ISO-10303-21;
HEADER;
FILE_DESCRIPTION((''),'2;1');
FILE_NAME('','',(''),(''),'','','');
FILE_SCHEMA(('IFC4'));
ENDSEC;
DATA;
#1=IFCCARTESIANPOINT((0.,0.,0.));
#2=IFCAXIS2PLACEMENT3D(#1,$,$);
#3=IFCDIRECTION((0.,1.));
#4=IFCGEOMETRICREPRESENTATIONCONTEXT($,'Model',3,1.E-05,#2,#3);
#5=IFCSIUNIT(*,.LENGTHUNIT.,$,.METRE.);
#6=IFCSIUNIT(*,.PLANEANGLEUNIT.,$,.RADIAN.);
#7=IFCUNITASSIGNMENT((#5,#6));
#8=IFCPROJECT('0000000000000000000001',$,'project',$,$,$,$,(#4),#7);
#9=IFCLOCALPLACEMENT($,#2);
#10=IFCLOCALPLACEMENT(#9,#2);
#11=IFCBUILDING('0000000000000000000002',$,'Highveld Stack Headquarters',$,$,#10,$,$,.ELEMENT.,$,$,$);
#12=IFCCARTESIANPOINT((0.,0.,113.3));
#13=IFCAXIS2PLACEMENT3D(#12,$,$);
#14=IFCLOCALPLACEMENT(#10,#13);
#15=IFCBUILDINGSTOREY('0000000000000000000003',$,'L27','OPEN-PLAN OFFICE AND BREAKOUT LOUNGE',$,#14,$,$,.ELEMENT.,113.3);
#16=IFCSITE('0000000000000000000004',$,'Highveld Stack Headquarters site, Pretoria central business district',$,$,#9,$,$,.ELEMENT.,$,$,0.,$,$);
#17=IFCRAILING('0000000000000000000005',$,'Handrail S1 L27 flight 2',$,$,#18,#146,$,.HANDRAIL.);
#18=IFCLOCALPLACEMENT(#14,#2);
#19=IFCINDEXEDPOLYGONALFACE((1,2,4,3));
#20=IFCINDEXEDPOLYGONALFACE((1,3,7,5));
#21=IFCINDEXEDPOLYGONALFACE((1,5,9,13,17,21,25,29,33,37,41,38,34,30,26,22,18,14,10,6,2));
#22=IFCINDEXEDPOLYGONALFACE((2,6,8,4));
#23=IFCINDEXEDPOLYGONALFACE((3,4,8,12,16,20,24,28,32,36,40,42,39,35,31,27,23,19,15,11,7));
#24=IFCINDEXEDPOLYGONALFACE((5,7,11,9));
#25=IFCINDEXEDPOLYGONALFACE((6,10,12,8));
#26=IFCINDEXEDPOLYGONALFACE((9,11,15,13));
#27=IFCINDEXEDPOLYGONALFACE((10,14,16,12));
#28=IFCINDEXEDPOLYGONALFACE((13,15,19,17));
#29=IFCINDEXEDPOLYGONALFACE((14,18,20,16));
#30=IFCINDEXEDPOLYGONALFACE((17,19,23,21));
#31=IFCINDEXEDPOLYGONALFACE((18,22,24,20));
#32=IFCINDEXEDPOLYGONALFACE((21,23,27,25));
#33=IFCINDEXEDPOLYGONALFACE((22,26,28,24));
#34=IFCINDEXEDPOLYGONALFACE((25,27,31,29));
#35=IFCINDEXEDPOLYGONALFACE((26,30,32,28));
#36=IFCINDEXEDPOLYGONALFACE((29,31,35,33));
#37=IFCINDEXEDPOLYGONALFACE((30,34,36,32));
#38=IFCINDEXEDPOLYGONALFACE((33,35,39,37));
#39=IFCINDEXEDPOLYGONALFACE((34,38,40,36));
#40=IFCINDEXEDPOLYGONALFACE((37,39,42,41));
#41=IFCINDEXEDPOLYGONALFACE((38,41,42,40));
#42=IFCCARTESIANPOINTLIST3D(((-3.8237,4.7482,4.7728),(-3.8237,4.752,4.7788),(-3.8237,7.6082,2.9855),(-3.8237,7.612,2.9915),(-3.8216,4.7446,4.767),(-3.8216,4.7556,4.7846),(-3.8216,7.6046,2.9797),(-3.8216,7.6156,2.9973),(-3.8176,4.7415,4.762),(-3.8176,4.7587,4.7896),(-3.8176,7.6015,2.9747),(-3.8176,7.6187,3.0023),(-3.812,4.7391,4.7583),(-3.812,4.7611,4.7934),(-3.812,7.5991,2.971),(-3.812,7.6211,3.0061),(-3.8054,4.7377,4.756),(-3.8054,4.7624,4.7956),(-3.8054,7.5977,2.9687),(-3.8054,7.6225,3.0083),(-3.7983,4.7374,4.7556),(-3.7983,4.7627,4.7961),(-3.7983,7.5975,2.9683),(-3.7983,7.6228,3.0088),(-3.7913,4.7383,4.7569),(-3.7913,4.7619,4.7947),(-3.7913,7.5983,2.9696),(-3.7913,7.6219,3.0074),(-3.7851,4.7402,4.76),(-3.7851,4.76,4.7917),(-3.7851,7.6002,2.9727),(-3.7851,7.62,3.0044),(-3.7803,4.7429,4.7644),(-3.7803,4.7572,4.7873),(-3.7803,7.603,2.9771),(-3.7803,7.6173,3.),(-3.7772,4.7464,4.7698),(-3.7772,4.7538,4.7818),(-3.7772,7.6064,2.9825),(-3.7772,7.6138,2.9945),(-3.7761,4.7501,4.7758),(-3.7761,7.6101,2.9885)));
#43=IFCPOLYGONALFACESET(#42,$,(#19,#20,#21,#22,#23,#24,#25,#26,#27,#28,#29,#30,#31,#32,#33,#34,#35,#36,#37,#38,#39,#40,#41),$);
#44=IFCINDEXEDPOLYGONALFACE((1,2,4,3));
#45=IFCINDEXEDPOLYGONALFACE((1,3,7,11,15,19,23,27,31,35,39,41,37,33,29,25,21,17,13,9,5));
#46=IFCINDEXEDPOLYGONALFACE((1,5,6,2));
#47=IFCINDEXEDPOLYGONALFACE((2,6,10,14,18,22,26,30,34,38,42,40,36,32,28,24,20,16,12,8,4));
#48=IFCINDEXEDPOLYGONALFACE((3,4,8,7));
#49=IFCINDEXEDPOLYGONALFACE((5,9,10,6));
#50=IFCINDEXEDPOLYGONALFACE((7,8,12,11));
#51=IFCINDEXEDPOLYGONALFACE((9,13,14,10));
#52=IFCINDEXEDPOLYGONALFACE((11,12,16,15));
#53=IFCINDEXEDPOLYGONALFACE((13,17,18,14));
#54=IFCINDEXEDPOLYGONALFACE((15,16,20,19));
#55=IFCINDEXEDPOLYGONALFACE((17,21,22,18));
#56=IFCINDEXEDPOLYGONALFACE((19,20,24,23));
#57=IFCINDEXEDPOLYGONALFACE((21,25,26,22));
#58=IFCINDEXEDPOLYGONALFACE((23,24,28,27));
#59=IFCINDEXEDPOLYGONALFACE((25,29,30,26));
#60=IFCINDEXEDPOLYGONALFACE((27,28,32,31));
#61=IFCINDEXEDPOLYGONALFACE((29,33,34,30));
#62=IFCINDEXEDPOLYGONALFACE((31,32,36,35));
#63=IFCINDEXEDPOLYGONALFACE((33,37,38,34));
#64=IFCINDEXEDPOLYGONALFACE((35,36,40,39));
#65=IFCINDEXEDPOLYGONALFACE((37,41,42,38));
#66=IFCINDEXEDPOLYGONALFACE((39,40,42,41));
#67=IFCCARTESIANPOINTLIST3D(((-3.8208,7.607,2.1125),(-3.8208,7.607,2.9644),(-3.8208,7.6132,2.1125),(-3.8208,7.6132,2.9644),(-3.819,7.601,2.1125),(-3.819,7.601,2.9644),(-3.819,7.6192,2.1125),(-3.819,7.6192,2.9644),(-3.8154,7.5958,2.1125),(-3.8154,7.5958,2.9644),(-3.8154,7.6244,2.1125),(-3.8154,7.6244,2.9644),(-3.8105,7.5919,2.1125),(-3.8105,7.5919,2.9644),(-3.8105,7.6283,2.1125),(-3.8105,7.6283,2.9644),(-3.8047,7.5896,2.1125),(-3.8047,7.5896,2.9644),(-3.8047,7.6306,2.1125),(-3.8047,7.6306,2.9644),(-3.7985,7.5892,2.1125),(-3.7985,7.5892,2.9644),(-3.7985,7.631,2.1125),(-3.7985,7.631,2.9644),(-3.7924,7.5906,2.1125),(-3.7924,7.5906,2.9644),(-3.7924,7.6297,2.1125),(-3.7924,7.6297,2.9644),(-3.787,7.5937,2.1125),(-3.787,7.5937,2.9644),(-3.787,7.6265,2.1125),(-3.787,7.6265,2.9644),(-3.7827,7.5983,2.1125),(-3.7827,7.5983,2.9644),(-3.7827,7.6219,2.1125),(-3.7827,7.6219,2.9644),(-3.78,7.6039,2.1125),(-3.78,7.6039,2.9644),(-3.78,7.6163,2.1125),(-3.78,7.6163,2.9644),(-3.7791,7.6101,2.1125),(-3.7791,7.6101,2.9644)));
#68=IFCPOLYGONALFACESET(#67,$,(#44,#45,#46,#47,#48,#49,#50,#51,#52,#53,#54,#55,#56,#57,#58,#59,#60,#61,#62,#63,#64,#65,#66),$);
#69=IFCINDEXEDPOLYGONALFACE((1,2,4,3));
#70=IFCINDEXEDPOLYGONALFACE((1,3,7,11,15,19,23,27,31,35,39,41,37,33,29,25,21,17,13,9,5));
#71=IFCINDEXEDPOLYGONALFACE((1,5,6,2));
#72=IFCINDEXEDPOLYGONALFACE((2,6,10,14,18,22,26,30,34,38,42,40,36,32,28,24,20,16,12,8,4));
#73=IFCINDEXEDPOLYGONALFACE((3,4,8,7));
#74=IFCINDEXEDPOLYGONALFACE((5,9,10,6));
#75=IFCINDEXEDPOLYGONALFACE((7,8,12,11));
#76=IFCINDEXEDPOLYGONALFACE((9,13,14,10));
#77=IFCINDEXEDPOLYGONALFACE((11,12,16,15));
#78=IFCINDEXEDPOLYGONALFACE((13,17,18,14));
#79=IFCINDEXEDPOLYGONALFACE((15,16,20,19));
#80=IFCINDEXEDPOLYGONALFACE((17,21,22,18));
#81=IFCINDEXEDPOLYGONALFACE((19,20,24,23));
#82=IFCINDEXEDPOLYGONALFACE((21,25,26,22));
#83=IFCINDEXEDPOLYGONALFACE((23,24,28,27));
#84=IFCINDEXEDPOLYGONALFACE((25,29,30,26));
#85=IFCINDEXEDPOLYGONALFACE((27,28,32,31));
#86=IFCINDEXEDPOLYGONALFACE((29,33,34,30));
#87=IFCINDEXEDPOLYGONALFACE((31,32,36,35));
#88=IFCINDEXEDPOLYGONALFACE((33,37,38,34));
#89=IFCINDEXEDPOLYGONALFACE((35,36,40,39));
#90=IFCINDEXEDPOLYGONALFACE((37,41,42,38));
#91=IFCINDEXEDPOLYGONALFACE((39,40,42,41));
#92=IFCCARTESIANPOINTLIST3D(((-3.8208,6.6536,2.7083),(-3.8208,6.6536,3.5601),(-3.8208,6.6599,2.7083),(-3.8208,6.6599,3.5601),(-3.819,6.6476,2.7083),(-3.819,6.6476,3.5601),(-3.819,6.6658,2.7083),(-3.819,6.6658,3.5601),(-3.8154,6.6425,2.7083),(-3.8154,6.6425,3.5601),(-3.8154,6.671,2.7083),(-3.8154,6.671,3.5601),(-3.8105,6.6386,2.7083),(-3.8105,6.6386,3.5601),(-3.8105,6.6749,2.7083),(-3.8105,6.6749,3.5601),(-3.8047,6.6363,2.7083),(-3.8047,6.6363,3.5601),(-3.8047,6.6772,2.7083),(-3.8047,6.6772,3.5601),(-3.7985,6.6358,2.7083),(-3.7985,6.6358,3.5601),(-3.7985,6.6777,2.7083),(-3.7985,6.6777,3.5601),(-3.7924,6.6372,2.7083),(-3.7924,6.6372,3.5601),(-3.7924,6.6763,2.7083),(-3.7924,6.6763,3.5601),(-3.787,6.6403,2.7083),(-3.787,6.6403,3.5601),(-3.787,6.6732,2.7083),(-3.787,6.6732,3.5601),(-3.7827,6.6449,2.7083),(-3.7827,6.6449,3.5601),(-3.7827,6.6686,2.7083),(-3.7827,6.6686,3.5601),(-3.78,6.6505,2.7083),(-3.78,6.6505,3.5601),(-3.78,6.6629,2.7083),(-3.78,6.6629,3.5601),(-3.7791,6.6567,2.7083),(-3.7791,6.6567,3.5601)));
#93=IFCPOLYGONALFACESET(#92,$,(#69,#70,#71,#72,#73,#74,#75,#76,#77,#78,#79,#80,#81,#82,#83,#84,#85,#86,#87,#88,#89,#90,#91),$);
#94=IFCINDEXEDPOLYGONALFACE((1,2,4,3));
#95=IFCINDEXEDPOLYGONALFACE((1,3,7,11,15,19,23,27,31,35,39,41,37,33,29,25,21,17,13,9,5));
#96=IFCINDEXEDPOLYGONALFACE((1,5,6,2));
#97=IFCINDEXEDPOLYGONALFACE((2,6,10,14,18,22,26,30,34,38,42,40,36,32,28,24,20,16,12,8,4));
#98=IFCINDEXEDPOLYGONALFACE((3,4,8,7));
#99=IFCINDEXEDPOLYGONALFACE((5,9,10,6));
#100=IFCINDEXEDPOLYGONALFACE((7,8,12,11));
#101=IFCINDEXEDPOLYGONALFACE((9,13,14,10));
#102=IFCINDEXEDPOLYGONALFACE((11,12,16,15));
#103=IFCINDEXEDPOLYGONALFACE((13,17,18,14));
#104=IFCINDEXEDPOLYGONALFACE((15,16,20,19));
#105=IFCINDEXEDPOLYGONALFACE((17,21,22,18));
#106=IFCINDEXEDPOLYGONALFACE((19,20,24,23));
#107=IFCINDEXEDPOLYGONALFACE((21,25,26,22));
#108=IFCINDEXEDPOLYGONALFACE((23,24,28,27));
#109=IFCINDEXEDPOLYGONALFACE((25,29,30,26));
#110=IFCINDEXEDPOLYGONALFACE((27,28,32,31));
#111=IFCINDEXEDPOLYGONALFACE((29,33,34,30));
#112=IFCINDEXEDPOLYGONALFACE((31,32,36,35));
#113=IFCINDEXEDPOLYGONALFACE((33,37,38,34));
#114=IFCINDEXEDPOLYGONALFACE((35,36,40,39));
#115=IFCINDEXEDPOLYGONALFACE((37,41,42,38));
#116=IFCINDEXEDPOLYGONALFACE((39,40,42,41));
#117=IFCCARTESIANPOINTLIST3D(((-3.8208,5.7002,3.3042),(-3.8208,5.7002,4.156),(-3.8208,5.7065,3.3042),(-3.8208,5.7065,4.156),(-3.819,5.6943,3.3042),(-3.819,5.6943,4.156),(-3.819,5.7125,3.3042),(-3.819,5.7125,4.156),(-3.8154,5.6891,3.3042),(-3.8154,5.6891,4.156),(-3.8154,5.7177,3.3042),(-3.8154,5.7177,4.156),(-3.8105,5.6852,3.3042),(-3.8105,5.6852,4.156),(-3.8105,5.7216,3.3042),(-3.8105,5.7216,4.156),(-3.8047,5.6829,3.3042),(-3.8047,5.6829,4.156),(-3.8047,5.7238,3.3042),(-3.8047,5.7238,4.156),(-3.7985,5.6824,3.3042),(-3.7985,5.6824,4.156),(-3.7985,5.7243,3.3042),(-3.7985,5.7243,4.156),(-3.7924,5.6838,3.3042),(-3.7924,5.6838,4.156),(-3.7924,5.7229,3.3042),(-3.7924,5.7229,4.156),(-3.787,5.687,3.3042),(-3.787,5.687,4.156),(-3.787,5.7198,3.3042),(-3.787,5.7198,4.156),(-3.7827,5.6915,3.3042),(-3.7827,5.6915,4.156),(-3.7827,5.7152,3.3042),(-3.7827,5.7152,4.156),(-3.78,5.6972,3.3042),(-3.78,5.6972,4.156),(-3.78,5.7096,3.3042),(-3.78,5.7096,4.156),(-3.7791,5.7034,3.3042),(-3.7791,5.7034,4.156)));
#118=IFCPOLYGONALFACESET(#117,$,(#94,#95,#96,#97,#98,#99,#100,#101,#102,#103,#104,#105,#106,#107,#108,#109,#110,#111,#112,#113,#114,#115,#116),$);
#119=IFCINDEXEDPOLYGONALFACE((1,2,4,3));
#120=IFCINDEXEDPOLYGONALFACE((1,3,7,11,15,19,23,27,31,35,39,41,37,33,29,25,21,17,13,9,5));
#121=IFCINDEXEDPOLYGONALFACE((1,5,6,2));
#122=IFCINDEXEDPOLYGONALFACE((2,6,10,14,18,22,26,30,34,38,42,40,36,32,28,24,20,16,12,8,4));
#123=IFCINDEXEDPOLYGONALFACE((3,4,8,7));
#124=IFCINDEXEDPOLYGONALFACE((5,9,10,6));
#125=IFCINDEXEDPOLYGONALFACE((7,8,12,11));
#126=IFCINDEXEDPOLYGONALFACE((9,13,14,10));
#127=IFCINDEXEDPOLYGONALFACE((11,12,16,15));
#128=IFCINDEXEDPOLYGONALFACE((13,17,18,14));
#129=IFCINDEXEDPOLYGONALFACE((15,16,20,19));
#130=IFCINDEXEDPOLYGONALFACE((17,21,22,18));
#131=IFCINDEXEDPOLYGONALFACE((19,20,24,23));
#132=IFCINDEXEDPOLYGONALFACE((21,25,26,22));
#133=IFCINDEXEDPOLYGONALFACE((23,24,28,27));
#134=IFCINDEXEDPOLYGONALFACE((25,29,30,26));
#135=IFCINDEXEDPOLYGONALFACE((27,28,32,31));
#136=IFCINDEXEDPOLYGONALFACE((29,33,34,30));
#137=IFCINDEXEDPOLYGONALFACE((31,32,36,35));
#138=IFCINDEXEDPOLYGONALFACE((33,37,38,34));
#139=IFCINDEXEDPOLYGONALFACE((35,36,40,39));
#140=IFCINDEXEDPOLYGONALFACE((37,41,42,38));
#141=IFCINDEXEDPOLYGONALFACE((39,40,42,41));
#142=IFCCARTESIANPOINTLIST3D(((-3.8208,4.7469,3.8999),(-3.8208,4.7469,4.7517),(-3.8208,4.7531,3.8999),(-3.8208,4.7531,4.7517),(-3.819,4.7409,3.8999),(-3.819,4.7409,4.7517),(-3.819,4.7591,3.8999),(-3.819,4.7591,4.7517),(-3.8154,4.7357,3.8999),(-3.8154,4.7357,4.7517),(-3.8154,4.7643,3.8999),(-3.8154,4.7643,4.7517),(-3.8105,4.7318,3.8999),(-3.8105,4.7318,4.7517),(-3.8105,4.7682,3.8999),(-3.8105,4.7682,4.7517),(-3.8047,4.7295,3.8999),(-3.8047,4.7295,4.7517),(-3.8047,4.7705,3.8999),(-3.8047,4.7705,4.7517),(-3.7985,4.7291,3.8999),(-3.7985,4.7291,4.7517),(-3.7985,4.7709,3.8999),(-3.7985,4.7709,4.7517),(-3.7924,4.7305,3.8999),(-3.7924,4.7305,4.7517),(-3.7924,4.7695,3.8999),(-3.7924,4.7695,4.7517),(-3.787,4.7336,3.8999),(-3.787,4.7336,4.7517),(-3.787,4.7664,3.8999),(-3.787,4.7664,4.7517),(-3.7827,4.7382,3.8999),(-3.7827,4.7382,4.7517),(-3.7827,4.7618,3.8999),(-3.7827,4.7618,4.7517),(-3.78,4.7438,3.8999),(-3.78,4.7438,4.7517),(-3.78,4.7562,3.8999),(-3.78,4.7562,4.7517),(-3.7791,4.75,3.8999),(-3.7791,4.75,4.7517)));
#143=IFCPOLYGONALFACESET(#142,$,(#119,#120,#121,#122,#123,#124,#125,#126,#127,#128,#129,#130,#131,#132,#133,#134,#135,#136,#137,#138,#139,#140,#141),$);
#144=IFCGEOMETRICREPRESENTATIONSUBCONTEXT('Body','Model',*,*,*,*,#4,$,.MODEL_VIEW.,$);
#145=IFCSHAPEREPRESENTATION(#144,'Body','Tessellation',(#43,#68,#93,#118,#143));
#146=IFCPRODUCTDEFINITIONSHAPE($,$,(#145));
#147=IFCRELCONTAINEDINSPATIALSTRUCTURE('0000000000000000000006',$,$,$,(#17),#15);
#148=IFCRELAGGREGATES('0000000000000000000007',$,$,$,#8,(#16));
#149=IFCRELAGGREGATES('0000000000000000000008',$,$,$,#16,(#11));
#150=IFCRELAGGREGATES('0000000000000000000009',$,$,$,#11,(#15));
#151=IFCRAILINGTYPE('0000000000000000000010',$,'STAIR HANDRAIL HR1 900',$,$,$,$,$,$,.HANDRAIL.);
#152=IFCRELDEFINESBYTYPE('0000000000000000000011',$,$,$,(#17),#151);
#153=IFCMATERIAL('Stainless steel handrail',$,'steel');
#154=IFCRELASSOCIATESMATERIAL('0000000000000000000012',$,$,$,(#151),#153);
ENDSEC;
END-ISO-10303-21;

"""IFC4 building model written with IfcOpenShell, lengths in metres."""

from ifc_helpers import new_model, si_unit, direction, frame, origin, origin_2d, place, context, subcontext, project, spatial, circle, extrude, material, type_object, element, save


model = new_model("IFC4")

# Units and contexts
model_context = context("Model", 3, precision=1e-05, world=origin(), true_north=direction((0.0, 1.0)))
body_context = subcontext(model_context, "Body", "Model", "MODEL_VIEW")
ifc_project = project(units=[si_unit("LENGTHUNIT", "METRE"), si_unit("PLANEANGLEUNIT", "RADIAN")], contexts=[model_context])

# Site, building, storey
site_placement = place(None, origin())
site = spatial("IfcSite", under=ifc_project, at=site_placement, Name="Highveld Stack Headquarters site, Pretoria central business district", CompositionType="ELEMENT", RefElevation=0.0)
building_placement = place(site_placement, origin())
building = spatial("IfcBuilding", under=site, at=building_placement, Name="Highveld Stack Headquarters", CompositionType="ELEMENT")
storey_placement = place(building_placement, frame((0.0, 0.0, 113.3)))
storey = spatial("IfcBuildingStorey", under=building, at=storey_placement, Name="L27", Description="OPEN-PLAN OFFICE AND BREAKOUT LOUNGE", CompositionType="ELEMENT", Elevation=113.3)

# Railing
ifc_material_1 = material(Name="Stainless steel handrail", Category="steel")
railing_type = type_object("IfcRailingType", Name="STAIR HANDRAIL HR1 900", PredefinedType="HANDRAIL", material=ifc_material_1)
for number, where, name in (
    (1, (-3.8, 7.6101, 2.1125), "Handrail S1 L27 flight 2"),
):
    element("IfcRailing", number, at=place(storey_placement, frame(where)), inside=storey, type_object=railing_type, Name=name, PredefinedType="HANDRAIL", context=body_context, shape_type="SweptSolid", body=[
        extrude(circle(Radius=0.0239, at=origin_2d()), frame((0.0, 0.0, 0.876), z_axis=(0.0, -0.848027, 0.529953), x_axis=(1.0, 0.0, 0.0)), (0.0, 0.0, 1.0), 3.3726),
        extrude(circle(Radius=0.021, at=origin_2d()), origin(), (0.0, 0.0, 1.0), 0.8518),
        extrude(circle(Radius=0.021, at=origin_2d()), frame((0.0, -0.9534, 0.5957)), (0.0, 0.0, 1.0), 0.8518),
        extrude(circle(Radius=0.021, at=origin_2d()), frame((0.0, -1.9067, 1.1917)), (0.0, 0.0, 1.0), 0.8518),
        extrude(circle(Radius=0.021, at=origin_2d()), frame((0.0, -2.8601, 1.7874)), (0.0, 0.0, 1.0), 0.8518),
    ])

save(model, "model.ifc")
